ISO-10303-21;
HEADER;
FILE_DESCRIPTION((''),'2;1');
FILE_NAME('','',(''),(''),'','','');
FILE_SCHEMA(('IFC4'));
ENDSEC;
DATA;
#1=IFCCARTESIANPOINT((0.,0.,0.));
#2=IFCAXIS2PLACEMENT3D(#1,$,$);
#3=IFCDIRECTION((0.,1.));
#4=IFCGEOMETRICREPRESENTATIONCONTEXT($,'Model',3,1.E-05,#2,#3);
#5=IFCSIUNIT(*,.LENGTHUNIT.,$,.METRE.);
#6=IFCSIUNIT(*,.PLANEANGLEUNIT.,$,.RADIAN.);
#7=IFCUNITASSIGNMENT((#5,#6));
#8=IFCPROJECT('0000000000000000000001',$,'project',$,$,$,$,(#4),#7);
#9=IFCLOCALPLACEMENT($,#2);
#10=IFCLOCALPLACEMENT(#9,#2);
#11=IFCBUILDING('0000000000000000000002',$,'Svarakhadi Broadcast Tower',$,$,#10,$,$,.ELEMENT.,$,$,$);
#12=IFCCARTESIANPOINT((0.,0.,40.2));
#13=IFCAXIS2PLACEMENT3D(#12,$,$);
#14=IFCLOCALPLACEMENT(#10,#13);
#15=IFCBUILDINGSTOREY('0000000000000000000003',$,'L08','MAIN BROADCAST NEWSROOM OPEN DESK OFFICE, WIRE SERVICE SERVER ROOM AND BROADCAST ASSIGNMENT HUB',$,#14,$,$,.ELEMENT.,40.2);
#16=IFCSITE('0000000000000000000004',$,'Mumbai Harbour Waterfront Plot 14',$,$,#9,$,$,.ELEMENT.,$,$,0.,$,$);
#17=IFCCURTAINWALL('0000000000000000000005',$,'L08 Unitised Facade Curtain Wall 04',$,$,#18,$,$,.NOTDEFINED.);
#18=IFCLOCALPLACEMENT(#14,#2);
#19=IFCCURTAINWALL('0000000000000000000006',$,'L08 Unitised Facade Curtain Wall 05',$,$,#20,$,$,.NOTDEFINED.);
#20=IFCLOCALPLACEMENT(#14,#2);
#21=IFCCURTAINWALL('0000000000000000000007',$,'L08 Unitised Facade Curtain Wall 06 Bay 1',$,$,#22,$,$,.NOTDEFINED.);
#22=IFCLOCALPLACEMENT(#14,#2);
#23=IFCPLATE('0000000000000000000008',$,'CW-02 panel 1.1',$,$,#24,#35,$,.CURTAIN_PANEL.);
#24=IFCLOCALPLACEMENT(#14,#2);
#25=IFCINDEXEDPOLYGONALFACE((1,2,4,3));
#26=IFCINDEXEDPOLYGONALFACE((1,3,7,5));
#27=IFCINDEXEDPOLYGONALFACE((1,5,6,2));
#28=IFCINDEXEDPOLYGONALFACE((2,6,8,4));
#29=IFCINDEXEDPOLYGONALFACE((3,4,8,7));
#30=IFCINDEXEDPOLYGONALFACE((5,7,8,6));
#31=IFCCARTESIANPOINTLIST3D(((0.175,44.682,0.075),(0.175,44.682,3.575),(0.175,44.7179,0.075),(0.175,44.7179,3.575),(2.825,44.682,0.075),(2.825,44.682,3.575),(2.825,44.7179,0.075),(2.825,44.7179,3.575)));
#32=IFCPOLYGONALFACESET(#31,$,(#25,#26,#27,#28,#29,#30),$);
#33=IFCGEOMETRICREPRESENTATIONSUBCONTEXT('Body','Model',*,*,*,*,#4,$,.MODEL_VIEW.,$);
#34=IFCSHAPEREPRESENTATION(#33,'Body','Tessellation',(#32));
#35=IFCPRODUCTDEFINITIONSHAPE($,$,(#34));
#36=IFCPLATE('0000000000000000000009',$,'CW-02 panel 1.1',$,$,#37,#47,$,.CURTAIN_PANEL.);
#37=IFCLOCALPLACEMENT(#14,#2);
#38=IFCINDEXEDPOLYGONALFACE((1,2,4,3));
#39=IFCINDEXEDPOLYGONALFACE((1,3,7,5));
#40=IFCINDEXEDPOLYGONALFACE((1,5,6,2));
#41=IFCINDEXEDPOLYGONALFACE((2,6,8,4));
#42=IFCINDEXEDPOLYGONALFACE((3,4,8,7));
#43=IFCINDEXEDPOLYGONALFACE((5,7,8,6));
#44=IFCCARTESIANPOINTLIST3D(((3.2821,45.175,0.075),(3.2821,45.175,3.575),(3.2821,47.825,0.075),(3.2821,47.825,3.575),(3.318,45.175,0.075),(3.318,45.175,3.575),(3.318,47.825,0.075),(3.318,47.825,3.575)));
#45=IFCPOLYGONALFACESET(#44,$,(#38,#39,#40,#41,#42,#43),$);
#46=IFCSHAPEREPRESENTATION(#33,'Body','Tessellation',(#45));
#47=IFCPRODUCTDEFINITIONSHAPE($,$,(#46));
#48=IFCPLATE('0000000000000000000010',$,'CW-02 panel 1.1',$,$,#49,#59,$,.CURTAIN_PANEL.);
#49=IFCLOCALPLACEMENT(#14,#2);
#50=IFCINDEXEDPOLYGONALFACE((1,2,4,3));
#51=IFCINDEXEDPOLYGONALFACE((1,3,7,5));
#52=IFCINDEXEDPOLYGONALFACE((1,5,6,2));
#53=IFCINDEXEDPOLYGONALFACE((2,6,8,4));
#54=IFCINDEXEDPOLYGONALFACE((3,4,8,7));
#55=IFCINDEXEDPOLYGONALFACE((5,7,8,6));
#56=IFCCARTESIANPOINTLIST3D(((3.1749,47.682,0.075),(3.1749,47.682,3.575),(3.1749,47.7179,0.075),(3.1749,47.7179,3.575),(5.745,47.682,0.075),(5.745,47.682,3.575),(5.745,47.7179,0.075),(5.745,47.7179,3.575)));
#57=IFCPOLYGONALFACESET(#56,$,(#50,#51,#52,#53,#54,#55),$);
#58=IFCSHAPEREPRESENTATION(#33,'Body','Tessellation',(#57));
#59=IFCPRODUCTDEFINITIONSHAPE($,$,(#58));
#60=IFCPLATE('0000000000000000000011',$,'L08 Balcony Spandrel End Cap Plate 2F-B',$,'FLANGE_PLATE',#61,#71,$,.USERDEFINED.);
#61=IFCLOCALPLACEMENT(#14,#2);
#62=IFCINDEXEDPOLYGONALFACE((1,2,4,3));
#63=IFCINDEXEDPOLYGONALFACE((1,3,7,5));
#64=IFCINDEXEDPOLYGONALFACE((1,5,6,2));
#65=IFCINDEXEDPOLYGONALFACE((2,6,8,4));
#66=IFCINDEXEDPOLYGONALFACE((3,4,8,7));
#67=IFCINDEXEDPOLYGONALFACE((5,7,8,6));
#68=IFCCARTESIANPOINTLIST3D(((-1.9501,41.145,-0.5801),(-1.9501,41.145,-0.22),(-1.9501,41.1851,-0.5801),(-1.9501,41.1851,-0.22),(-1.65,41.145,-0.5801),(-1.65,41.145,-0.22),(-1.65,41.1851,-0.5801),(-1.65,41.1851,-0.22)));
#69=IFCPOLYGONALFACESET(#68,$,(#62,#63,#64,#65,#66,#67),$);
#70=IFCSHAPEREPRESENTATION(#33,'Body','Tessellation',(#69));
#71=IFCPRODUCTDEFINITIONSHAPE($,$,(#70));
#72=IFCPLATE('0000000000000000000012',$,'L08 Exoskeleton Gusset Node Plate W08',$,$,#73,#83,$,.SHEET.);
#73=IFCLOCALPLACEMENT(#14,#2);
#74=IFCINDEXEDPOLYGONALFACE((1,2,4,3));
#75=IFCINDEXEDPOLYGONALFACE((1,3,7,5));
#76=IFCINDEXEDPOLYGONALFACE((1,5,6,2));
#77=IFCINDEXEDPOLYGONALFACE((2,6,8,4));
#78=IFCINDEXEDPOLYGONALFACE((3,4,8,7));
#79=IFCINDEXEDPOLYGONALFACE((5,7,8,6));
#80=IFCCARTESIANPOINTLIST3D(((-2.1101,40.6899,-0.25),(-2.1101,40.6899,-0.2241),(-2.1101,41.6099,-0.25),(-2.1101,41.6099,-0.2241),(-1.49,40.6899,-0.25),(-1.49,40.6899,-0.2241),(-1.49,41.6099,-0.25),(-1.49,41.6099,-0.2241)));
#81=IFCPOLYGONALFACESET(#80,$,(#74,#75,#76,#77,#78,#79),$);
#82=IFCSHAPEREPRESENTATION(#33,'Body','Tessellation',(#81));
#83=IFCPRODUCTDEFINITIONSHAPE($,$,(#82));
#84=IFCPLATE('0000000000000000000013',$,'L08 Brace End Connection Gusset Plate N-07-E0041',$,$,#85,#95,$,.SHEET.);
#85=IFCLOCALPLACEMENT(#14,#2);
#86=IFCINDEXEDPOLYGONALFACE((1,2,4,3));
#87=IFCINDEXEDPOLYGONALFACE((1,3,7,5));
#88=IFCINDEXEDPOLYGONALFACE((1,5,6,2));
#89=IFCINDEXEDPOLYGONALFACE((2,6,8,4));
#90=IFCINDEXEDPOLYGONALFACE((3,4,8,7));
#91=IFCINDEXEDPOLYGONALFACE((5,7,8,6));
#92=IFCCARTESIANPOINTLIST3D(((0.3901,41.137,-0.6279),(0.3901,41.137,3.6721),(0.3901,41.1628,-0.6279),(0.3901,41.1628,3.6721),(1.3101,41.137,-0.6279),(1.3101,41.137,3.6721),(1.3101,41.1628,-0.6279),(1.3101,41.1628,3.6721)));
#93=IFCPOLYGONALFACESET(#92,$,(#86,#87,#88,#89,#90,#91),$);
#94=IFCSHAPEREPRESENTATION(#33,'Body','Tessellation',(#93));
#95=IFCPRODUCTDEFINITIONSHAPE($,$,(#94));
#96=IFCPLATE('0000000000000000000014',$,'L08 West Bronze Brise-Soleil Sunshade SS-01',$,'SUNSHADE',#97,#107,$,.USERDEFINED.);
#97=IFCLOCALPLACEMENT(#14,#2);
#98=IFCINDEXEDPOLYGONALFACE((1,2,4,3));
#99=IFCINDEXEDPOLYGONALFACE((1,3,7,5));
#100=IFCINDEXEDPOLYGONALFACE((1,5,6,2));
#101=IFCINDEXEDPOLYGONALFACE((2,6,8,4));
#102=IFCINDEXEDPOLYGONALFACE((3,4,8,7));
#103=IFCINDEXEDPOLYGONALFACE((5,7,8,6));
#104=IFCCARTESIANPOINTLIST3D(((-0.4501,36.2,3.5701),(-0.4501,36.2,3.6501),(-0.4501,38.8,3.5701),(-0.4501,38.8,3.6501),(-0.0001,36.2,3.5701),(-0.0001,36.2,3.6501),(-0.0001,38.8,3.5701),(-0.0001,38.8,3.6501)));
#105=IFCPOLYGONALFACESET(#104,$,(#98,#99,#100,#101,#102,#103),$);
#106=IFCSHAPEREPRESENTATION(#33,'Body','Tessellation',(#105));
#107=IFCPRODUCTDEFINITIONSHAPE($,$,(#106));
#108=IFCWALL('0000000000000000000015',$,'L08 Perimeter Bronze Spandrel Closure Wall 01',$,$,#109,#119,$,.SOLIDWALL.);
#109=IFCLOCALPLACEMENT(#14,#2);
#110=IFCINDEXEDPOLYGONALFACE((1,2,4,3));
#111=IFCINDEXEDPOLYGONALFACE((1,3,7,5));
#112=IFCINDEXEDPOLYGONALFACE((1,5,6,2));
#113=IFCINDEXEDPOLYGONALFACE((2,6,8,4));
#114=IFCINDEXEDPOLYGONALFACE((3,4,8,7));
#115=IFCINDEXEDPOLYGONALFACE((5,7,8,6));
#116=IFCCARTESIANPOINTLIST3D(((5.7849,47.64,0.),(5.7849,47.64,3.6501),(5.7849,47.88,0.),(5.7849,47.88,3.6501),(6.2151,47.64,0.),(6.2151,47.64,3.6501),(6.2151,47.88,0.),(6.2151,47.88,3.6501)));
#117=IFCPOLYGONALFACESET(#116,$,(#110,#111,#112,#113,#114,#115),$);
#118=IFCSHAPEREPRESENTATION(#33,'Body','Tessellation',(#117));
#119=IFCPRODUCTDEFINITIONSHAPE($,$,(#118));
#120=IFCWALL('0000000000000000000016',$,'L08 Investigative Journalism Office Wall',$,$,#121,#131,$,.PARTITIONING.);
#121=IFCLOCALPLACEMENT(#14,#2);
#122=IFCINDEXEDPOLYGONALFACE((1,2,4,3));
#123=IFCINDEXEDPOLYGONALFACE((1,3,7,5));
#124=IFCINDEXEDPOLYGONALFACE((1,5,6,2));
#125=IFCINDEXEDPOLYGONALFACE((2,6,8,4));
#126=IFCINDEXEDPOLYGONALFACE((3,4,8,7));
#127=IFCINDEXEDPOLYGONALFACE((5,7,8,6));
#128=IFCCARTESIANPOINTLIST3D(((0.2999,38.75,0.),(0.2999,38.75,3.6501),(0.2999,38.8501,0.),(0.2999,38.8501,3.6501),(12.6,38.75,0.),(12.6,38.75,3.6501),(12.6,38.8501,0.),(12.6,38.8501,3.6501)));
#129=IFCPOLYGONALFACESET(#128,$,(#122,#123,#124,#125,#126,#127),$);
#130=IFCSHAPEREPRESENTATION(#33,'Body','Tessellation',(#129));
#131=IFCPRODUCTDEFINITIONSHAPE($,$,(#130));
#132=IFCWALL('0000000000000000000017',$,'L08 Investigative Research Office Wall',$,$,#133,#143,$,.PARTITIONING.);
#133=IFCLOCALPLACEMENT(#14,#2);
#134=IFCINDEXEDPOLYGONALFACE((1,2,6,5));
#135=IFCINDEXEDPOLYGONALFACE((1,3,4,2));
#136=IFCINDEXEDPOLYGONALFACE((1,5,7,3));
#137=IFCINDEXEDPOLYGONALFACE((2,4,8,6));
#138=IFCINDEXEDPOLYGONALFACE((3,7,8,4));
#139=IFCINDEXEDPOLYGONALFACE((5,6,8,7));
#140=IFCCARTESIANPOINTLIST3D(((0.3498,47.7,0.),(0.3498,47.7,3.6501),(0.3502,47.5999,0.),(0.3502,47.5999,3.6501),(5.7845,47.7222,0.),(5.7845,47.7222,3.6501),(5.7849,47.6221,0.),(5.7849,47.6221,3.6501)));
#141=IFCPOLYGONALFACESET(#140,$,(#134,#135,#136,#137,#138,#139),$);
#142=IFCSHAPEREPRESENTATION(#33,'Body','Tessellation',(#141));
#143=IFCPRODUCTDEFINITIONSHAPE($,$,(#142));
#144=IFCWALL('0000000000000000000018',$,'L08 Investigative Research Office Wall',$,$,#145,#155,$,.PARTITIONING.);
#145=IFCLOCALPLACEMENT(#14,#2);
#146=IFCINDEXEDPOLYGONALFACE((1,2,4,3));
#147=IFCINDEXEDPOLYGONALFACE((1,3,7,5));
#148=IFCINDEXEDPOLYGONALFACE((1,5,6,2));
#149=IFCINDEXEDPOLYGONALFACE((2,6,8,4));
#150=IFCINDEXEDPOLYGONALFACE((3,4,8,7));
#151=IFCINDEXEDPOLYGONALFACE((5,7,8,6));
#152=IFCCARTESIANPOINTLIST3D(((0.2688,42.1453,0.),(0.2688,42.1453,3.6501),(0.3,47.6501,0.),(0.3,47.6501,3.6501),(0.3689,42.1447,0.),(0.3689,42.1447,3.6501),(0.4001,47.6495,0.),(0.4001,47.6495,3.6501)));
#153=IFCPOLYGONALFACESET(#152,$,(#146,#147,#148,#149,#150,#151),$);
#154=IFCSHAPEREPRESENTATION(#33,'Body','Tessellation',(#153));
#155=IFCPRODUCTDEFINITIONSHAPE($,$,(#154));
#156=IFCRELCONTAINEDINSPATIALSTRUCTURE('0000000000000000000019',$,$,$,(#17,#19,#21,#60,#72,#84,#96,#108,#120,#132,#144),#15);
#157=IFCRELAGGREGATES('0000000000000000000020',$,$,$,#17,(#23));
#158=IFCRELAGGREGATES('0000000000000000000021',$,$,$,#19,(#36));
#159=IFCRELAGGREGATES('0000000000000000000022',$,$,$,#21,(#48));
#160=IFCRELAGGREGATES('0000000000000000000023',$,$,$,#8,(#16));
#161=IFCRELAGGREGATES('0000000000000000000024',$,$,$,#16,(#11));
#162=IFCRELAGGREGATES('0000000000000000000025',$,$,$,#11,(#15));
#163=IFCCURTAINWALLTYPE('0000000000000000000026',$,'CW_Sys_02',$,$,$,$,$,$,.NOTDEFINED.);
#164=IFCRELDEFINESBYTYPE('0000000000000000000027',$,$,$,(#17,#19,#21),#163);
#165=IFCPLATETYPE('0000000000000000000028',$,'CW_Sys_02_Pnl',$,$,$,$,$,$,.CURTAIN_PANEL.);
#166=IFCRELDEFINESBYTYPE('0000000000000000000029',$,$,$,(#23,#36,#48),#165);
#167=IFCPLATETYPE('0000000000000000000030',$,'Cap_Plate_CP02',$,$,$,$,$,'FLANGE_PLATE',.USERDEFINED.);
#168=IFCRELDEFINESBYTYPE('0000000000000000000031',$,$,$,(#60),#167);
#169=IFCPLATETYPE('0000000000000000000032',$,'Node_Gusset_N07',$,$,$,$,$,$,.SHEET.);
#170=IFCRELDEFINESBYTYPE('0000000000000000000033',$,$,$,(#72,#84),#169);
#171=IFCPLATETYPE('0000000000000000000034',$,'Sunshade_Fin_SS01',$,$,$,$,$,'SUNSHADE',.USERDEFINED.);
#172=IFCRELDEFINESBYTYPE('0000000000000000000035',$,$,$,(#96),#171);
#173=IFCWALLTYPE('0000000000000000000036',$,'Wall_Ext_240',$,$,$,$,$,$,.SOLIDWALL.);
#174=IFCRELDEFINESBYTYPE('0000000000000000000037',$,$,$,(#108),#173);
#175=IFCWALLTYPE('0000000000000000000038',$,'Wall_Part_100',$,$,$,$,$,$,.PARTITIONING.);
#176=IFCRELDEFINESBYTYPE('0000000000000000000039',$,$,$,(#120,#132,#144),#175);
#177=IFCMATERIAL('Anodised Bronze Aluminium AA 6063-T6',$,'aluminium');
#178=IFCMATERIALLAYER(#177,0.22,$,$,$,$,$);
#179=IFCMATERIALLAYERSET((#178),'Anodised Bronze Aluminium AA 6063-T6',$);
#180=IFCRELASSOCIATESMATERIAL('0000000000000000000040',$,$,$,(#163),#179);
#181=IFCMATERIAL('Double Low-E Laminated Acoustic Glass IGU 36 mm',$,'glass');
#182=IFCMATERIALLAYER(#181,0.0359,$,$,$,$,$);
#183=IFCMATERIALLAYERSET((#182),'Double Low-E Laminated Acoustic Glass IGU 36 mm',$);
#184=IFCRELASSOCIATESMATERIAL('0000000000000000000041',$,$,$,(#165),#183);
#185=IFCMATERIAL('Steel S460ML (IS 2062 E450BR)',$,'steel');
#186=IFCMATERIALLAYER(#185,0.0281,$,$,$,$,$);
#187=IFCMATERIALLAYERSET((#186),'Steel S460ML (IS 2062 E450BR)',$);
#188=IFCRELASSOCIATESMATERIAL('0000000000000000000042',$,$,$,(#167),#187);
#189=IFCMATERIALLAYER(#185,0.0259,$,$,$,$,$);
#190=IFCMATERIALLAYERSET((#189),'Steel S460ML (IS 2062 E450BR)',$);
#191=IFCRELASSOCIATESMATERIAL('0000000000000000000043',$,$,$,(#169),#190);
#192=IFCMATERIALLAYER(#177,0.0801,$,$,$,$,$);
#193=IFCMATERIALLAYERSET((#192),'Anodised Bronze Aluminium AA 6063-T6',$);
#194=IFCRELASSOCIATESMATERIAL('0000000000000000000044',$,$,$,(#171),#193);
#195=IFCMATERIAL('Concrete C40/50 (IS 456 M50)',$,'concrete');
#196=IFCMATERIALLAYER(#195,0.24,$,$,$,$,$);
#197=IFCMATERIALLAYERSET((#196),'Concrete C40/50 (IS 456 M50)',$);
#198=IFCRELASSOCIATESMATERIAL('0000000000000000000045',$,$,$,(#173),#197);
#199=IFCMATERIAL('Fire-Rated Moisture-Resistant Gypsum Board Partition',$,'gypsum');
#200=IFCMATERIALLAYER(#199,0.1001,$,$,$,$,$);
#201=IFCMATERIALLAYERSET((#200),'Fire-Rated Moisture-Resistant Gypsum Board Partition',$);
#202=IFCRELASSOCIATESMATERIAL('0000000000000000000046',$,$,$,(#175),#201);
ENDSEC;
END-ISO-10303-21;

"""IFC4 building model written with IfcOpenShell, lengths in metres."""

from ifc_helpers import new_model, si_unit, direction, frame, frame_2d, origin, origin_2d, place, context, subcontext, project, spatial, rectangle, extrude, material, layer, layer_set, type_object, element, aggregate, save


model = new_model("IFC4")

# Units and contexts
model_context = context("Model", 3, precision=1e-05, world=origin(), true_north=direction((0.0, 1.0)))
body_context = subcontext(model_context, "Body", "Model", "MODEL_VIEW")
ifc_project = project(units=[si_unit("LENGTHUNIT", "METRE"), si_unit("PLANEANGLEUNIT", "RADIAN")], contexts=[model_context])

# Site, building, storey
site_placement = place(None, origin())
site = spatial("IfcSite", under=ifc_project, at=site_placement, Name="Mumbai Harbour Waterfront Plot 14", CompositionType="ELEMENT", RefElevation=0.0)
building_placement = place(site_placement, origin())
building = spatial("IfcBuilding", under=site, at=building_placement, Name="Svarakhadi Broadcast Tower", CompositionType="ELEMENT")
storey_placement = place(building_placement, frame((0.0, 0.0, 40.2)))
storey = spatial("IfcBuildingStorey", under=building, at=storey_placement, Name="L08", Description="MAIN BROADCAST NEWSROOM OPEN DESK OFFICE, WIRE SERVICE SERVER ROOM AND BROADCAST ASSIGNMENT HUB", CompositionType="ELEMENT", Elevation=40.2)

# Shared definitions
ifc_material_1 = material(Name="Steel S460ML (IS 2062 E450BR)", Category="steel")

# Curtain walls
ifc_material_2 = material(Name="Anodised Bronze Aluminium AA 6063-T6", Category="aluminium")
ifc_layer_1 = layer(ifc_material_2, 0.22)
ifc_layer_set_1 = layer_set([ifc_layer_1], Name="Anodised Bronze Aluminium AA 6063-T6")
curtain_wall_type = type_object("IfcCurtainWallType", Name="CW_Sys_02", PredefinedType="NOTDEFINED", material=ifc_layer_set_1)
curtain_wall_1_placement = place(storey_placement, origin())
curtain_wall_1 = element("IfcCurtainWall", 1, at=curtain_wall_1_placement, inside=storey, type_object=curtain_wall_type, Name="L08 Unitised Facade Curtain Wall 04", PredefinedType="NOTDEFINED")
curtain_wall_2_placement = place(storey_placement, origin())
curtain_wall_2 = element("IfcCurtainWall", 2, at=curtain_wall_2_placement, inside=storey, type_object=curtain_wall_type, Name="L08 Unitised Facade Curtain Wall 05", PredefinedType="NOTDEFINED")
curtain_wall_3_placement = place(storey_placement, origin())
curtain_wall_3 = element("IfcCurtainWall", 3, at=curtain_wall_3_placement, inside=storey, type_object=curtain_wall_type, Name="L08 Unitised Facade Curtain Wall 06 Bay 1", PredefinedType="NOTDEFINED")

# Plates
ifc_material_3 = material(Name="Double Low-E Laminated Acoustic Glass IGU 36 mm", Category="glass")
ifc_layer_2 = layer(ifc_material_3, 0.0359)
ifc_layer_set_2 = layer_set([ifc_layer_2], Name="Double Low-E Laminated Acoustic Glass IGU 36 mm")
plate_type_1 = type_object("IfcPlateType", Name="CW_Sys_02_Pnl", PredefinedType="CURTAIN_PANEL", material=ifc_layer_set_2)
plate_1_placement = place(storey_placement, frame((1.5, 44.7, 0.075), z_axis=(0.0, 0.0, 1.0), x_axis=(1.0, 0.0, 0.0)))
plate_1 = element("IfcPlate", 4, at=plate_1_placement, type_object=plate_type_1, Name="CW-02 panel 1.1", PredefinedType="CURTAIN_PANEL", context=body_context, shape_type="SweptSolid", body=[
    extrude(rectangle(XDim=2.6499, YDim=0.0359, at=origin_2d()), origin(), (0.0, 0.0, 1.0), 3.5),
])
aggregate(curtain_wall_1, [plate_1])
plate_2_placement = place(storey_placement, frame((3.3, 46.5, 0.075), z_axis=(0.0, 0.0, 1.0), x_axis=(0.0, 1.0, 0.0)))
plate_2 = element("IfcPlate", 5, at=plate_2_placement, type_object=plate_type_1, Name="CW-02 panel 1.1", PredefinedType="CURTAIN_PANEL", context=body_context, shape_type="SweptSolid", body=[
    extrude(rectangle(XDim=2.6499, YDim=0.0359, at=origin_2d()), origin(), (0.0, 0.0, 1.0), 3.5),
])
aggregate(curtain_wall_2, [plate_2])
plate_3_placement = place(storey_placement, frame((4.46, 47.7, 0.075), z_axis=(0.0, 0.0, 1.0), x_axis=(1.0, 0.0, 0.0)))
plate_3 = element("IfcPlate", 6, at=plate_3_placement, type_object=plate_type_1, Name="CW-02 panel 1.1", PredefinedType="CURTAIN_PANEL", context=body_context, shape_type="SweptSolid", body=[
    extrude(rectangle(XDim=2.5701, YDim=0.0359, at=origin_2d()), origin(), (0.0, 0.0, 1.0), 3.5),
])
aggregate(curtain_wall_3, [plate_3])

# Plates
ifc_layer_3 = layer(ifc_material_1, 0.0281)
ifc_layer_set_3 = layer_set([ifc_layer_3], Name="Steel S460ML (IS 2062 E450BR)")
plate_type_2 = type_object("IfcPlateType", Name="Cap_Plate_CP02", ElementType="FLANGE_PLATE", PredefinedType="USERDEFINED", material=ifc_layer_set_3)
plate_4_placement = place(storey_placement, frame((-1.8, 41.165, -0.5801), z_axis=(0.0, 0.0, 1.0), x_axis=(1.0, 0.0, 0.0)))
element("IfcPlate", 7, at=plate_4_placement, inside=storey, type_object=plate_type_2, Name="L08 Balcony Spandrel End Cap Plate 2F-B", ObjectType="FLANGE_PLATE", PredefinedType="USERDEFINED", context=body_context, shape_type="SweptSolid", body=[
    extrude(rectangle(XDim=0.3, YDim=0.04, at=origin_2d()), origin(), (0.0, 0.0, 1.0), 0.3601),
])
ifc_layer_4 = layer(ifc_material_1, 0.0259)
ifc_layer_set_4 = layer_set([ifc_layer_4], Name="Steel S460ML (IS 2062 E450BR)")
plate_type_3 = type_object("IfcPlateType", Name="Node_Gusset_N07", PredefinedType="SHEET", material=ifc_layer_set_4)
plate_5_placement = place(storey_placement, frame((-1.8, 41.1499, -0.25), z_axis=(0.0, 0.0, 1.0), x_axis=(0.0, 1.0, 0.0)))
element("IfcPlate", 8, at=plate_5_placement, inside=storey, type_object=plate_type_3, Name="L08 Exoskeleton Gusset Node Plate W08", PredefinedType="SHEET", context=body_context, shape_type="SweptSolid", body=[
    extrude(rectangle(XDim=0.9199, YDim=0.6201, at=origin_2d()), origin(), (0.0, 0.0, 1.0), 0.0259),
])
plate_6_placement = place(storey_placement, frame((0.8501, 41.1499, -0.6279), z_axis=(0.0, 0.0, 1.0), x_axis=(1.0, 0.0, 0.0)))
element("IfcPlate", 9, at=plate_6_placement, inside=storey, type_object=plate_type_3, Name="L08 Brace End Connection Gusset Plate N-07-E0041", PredefinedType="SHEET", context=body_context, shape_type="SweptSolid", body=[
    extrude(rectangle(XDim=0.9199, YDim=0.0259, at=origin_2d()), origin(), (0.0, 0.0, 1.0), 4.3),
])
ifc_layer_5 = layer(ifc_material_2, 0.0801)
ifc_layer_set_5 = layer_set([ifc_layer_5], Name="Anodised Bronze Aluminium AA 6063-T6")
plate_type_4 = type_object("IfcPlateType", Name="Sunshade_Fin_SS01", ElementType="SUNSHADE", PredefinedType="USERDEFINED", material=ifc_layer_set_5)
plate_7_placement = place(storey_placement, frame((-0.2251, 37.5, 3.5701), z_axis=(0.0, 0.0, 1.0), x_axis=(0.0, 1.0, 0.0)))
element("IfcPlate", 10, at=plate_7_placement, inside=storey, type_object=plate_type_4, Name="L08 West Bronze Brise-Soleil Sunshade SS-01", ObjectType="SUNSHADE", PredefinedType="USERDEFINED", context=body_context, shape_type="SweptSolid", body=[
    extrude(rectangle(XDim=2.6001, YDim=0.45, at=origin_2d()), origin(), (0.0, 0.0, 1.0), 0.0801),
])

# Walls
ifc_material_4 = material(Name="Concrete C40/50 (IS 456 M50)", Category="concrete")
ifc_layer_6 = layer(ifc_material_4, 0.24)
ifc_layer_set_6 = layer_set([ifc_layer_6], Name="Concrete C40/50 (IS 456 M50)")
wall_type_1 = type_object("IfcWallType", Name="Wall_Ext_240", PredefinedType="SOLIDWALL", material=ifc_layer_set_6)
wall_1_placement = place(storey_placement, frame((5.7849, 47.76, 0.0), z_axis=(0.0, 0.0, 1.0), x_axis=(1.0, 0.0, 0.0)))
element("IfcWall", 11, at=wall_1_placement, inside=storey, type_object=wall_type_1, Name="L08 Perimeter Bronze Spandrel Closure Wall 01", PredefinedType="SOLIDWALL", context=body_context, shape_type="SweptSolid", body=[
    extrude(rectangle(XDim=0.4302, YDim=0.24, at=frame_2d((0.2151, 0.0))), origin(), (0.0, 0.0, 1.0), 3.6501),
])
ifc_material_5 = material(Name="Fire-Rated Moisture-Resistant Gypsum Board Partition", Category="gypsum")
ifc_layer_7 = layer(ifc_material_5, 0.1001)
ifc_layer_set_7 = layer_set([ifc_layer_7], Name="Fire-Rated Moisture-Resistant Gypsum Board Partition")
wall_type_2 = type_object("IfcWallType", Name="Wall_Part_100", PredefinedType="PARTITIONING", material=ifc_layer_set_7)
wall_2_placement = place(storey_placement, frame((0.3, 38.8, 0.0), z_axis=(0.0, 0.0, 1.0), x_axis=(1.0, 0.0, 0.0)))
element("IfcWall", 12, at=wall_2_placement, inside=storey, type_object=wall_type_2, Name="L08 Investigative Journalism Office Wall", PredefinedType="PARTITIONING", context=body_context, shape_type="SweptSolid", body=[
    extrude(rectangle(XDim=12.3, YDim=0.1001, at=frame_2d((6.1499, 0.0))), origin(), (0.0, 0.0, 1.0), 3.6501),
])
wall_3_placement = place(storey_placement, frame((0.3501, 47.6499, 0.0), z_axis=(0.0, 0.0, 1.0), x_axis=(0.999992, 0.004088, 0.0)))
element("IfcWall", 13, at=wall_3_placement, inside=storey, type_object=wall_type_2, Name="L08 Investigative Research Office Wall", PredefinedType="PARTITIONING", context=body_context, shape_type="SweptSolid", body=[
    extrude(rectangle(XDim=5.4348, YDim=0.1001, at=frame_2d((2.7173, 0.0))), origin(), (0.0, 0.0, 1.0), 3.6501),
])
wall_4_placement = place(storey_placement, frame((0.3188, 42.145, 0.0), z_axis=(0.0, 0.0, 1.0), x_axis=(0.005677, 0.999984, 0.0)))
element("IfcWall", 14, at=wall_4_placement, inside=storey, type_object=wall_type_2, Name="L08 Investigative Research Office Wall", PredefinedType="PARTITIONING", context=body_context, shape_type="SweptSolid", body=[
    extrude(rectangle(XDim=5.5049, YDim=0.1001, at=frame_2d((2.7524, 0.0))), origin(), (0.0, 0.0, 1.0), 3.6501),
])

save(model, "model.ifc")
